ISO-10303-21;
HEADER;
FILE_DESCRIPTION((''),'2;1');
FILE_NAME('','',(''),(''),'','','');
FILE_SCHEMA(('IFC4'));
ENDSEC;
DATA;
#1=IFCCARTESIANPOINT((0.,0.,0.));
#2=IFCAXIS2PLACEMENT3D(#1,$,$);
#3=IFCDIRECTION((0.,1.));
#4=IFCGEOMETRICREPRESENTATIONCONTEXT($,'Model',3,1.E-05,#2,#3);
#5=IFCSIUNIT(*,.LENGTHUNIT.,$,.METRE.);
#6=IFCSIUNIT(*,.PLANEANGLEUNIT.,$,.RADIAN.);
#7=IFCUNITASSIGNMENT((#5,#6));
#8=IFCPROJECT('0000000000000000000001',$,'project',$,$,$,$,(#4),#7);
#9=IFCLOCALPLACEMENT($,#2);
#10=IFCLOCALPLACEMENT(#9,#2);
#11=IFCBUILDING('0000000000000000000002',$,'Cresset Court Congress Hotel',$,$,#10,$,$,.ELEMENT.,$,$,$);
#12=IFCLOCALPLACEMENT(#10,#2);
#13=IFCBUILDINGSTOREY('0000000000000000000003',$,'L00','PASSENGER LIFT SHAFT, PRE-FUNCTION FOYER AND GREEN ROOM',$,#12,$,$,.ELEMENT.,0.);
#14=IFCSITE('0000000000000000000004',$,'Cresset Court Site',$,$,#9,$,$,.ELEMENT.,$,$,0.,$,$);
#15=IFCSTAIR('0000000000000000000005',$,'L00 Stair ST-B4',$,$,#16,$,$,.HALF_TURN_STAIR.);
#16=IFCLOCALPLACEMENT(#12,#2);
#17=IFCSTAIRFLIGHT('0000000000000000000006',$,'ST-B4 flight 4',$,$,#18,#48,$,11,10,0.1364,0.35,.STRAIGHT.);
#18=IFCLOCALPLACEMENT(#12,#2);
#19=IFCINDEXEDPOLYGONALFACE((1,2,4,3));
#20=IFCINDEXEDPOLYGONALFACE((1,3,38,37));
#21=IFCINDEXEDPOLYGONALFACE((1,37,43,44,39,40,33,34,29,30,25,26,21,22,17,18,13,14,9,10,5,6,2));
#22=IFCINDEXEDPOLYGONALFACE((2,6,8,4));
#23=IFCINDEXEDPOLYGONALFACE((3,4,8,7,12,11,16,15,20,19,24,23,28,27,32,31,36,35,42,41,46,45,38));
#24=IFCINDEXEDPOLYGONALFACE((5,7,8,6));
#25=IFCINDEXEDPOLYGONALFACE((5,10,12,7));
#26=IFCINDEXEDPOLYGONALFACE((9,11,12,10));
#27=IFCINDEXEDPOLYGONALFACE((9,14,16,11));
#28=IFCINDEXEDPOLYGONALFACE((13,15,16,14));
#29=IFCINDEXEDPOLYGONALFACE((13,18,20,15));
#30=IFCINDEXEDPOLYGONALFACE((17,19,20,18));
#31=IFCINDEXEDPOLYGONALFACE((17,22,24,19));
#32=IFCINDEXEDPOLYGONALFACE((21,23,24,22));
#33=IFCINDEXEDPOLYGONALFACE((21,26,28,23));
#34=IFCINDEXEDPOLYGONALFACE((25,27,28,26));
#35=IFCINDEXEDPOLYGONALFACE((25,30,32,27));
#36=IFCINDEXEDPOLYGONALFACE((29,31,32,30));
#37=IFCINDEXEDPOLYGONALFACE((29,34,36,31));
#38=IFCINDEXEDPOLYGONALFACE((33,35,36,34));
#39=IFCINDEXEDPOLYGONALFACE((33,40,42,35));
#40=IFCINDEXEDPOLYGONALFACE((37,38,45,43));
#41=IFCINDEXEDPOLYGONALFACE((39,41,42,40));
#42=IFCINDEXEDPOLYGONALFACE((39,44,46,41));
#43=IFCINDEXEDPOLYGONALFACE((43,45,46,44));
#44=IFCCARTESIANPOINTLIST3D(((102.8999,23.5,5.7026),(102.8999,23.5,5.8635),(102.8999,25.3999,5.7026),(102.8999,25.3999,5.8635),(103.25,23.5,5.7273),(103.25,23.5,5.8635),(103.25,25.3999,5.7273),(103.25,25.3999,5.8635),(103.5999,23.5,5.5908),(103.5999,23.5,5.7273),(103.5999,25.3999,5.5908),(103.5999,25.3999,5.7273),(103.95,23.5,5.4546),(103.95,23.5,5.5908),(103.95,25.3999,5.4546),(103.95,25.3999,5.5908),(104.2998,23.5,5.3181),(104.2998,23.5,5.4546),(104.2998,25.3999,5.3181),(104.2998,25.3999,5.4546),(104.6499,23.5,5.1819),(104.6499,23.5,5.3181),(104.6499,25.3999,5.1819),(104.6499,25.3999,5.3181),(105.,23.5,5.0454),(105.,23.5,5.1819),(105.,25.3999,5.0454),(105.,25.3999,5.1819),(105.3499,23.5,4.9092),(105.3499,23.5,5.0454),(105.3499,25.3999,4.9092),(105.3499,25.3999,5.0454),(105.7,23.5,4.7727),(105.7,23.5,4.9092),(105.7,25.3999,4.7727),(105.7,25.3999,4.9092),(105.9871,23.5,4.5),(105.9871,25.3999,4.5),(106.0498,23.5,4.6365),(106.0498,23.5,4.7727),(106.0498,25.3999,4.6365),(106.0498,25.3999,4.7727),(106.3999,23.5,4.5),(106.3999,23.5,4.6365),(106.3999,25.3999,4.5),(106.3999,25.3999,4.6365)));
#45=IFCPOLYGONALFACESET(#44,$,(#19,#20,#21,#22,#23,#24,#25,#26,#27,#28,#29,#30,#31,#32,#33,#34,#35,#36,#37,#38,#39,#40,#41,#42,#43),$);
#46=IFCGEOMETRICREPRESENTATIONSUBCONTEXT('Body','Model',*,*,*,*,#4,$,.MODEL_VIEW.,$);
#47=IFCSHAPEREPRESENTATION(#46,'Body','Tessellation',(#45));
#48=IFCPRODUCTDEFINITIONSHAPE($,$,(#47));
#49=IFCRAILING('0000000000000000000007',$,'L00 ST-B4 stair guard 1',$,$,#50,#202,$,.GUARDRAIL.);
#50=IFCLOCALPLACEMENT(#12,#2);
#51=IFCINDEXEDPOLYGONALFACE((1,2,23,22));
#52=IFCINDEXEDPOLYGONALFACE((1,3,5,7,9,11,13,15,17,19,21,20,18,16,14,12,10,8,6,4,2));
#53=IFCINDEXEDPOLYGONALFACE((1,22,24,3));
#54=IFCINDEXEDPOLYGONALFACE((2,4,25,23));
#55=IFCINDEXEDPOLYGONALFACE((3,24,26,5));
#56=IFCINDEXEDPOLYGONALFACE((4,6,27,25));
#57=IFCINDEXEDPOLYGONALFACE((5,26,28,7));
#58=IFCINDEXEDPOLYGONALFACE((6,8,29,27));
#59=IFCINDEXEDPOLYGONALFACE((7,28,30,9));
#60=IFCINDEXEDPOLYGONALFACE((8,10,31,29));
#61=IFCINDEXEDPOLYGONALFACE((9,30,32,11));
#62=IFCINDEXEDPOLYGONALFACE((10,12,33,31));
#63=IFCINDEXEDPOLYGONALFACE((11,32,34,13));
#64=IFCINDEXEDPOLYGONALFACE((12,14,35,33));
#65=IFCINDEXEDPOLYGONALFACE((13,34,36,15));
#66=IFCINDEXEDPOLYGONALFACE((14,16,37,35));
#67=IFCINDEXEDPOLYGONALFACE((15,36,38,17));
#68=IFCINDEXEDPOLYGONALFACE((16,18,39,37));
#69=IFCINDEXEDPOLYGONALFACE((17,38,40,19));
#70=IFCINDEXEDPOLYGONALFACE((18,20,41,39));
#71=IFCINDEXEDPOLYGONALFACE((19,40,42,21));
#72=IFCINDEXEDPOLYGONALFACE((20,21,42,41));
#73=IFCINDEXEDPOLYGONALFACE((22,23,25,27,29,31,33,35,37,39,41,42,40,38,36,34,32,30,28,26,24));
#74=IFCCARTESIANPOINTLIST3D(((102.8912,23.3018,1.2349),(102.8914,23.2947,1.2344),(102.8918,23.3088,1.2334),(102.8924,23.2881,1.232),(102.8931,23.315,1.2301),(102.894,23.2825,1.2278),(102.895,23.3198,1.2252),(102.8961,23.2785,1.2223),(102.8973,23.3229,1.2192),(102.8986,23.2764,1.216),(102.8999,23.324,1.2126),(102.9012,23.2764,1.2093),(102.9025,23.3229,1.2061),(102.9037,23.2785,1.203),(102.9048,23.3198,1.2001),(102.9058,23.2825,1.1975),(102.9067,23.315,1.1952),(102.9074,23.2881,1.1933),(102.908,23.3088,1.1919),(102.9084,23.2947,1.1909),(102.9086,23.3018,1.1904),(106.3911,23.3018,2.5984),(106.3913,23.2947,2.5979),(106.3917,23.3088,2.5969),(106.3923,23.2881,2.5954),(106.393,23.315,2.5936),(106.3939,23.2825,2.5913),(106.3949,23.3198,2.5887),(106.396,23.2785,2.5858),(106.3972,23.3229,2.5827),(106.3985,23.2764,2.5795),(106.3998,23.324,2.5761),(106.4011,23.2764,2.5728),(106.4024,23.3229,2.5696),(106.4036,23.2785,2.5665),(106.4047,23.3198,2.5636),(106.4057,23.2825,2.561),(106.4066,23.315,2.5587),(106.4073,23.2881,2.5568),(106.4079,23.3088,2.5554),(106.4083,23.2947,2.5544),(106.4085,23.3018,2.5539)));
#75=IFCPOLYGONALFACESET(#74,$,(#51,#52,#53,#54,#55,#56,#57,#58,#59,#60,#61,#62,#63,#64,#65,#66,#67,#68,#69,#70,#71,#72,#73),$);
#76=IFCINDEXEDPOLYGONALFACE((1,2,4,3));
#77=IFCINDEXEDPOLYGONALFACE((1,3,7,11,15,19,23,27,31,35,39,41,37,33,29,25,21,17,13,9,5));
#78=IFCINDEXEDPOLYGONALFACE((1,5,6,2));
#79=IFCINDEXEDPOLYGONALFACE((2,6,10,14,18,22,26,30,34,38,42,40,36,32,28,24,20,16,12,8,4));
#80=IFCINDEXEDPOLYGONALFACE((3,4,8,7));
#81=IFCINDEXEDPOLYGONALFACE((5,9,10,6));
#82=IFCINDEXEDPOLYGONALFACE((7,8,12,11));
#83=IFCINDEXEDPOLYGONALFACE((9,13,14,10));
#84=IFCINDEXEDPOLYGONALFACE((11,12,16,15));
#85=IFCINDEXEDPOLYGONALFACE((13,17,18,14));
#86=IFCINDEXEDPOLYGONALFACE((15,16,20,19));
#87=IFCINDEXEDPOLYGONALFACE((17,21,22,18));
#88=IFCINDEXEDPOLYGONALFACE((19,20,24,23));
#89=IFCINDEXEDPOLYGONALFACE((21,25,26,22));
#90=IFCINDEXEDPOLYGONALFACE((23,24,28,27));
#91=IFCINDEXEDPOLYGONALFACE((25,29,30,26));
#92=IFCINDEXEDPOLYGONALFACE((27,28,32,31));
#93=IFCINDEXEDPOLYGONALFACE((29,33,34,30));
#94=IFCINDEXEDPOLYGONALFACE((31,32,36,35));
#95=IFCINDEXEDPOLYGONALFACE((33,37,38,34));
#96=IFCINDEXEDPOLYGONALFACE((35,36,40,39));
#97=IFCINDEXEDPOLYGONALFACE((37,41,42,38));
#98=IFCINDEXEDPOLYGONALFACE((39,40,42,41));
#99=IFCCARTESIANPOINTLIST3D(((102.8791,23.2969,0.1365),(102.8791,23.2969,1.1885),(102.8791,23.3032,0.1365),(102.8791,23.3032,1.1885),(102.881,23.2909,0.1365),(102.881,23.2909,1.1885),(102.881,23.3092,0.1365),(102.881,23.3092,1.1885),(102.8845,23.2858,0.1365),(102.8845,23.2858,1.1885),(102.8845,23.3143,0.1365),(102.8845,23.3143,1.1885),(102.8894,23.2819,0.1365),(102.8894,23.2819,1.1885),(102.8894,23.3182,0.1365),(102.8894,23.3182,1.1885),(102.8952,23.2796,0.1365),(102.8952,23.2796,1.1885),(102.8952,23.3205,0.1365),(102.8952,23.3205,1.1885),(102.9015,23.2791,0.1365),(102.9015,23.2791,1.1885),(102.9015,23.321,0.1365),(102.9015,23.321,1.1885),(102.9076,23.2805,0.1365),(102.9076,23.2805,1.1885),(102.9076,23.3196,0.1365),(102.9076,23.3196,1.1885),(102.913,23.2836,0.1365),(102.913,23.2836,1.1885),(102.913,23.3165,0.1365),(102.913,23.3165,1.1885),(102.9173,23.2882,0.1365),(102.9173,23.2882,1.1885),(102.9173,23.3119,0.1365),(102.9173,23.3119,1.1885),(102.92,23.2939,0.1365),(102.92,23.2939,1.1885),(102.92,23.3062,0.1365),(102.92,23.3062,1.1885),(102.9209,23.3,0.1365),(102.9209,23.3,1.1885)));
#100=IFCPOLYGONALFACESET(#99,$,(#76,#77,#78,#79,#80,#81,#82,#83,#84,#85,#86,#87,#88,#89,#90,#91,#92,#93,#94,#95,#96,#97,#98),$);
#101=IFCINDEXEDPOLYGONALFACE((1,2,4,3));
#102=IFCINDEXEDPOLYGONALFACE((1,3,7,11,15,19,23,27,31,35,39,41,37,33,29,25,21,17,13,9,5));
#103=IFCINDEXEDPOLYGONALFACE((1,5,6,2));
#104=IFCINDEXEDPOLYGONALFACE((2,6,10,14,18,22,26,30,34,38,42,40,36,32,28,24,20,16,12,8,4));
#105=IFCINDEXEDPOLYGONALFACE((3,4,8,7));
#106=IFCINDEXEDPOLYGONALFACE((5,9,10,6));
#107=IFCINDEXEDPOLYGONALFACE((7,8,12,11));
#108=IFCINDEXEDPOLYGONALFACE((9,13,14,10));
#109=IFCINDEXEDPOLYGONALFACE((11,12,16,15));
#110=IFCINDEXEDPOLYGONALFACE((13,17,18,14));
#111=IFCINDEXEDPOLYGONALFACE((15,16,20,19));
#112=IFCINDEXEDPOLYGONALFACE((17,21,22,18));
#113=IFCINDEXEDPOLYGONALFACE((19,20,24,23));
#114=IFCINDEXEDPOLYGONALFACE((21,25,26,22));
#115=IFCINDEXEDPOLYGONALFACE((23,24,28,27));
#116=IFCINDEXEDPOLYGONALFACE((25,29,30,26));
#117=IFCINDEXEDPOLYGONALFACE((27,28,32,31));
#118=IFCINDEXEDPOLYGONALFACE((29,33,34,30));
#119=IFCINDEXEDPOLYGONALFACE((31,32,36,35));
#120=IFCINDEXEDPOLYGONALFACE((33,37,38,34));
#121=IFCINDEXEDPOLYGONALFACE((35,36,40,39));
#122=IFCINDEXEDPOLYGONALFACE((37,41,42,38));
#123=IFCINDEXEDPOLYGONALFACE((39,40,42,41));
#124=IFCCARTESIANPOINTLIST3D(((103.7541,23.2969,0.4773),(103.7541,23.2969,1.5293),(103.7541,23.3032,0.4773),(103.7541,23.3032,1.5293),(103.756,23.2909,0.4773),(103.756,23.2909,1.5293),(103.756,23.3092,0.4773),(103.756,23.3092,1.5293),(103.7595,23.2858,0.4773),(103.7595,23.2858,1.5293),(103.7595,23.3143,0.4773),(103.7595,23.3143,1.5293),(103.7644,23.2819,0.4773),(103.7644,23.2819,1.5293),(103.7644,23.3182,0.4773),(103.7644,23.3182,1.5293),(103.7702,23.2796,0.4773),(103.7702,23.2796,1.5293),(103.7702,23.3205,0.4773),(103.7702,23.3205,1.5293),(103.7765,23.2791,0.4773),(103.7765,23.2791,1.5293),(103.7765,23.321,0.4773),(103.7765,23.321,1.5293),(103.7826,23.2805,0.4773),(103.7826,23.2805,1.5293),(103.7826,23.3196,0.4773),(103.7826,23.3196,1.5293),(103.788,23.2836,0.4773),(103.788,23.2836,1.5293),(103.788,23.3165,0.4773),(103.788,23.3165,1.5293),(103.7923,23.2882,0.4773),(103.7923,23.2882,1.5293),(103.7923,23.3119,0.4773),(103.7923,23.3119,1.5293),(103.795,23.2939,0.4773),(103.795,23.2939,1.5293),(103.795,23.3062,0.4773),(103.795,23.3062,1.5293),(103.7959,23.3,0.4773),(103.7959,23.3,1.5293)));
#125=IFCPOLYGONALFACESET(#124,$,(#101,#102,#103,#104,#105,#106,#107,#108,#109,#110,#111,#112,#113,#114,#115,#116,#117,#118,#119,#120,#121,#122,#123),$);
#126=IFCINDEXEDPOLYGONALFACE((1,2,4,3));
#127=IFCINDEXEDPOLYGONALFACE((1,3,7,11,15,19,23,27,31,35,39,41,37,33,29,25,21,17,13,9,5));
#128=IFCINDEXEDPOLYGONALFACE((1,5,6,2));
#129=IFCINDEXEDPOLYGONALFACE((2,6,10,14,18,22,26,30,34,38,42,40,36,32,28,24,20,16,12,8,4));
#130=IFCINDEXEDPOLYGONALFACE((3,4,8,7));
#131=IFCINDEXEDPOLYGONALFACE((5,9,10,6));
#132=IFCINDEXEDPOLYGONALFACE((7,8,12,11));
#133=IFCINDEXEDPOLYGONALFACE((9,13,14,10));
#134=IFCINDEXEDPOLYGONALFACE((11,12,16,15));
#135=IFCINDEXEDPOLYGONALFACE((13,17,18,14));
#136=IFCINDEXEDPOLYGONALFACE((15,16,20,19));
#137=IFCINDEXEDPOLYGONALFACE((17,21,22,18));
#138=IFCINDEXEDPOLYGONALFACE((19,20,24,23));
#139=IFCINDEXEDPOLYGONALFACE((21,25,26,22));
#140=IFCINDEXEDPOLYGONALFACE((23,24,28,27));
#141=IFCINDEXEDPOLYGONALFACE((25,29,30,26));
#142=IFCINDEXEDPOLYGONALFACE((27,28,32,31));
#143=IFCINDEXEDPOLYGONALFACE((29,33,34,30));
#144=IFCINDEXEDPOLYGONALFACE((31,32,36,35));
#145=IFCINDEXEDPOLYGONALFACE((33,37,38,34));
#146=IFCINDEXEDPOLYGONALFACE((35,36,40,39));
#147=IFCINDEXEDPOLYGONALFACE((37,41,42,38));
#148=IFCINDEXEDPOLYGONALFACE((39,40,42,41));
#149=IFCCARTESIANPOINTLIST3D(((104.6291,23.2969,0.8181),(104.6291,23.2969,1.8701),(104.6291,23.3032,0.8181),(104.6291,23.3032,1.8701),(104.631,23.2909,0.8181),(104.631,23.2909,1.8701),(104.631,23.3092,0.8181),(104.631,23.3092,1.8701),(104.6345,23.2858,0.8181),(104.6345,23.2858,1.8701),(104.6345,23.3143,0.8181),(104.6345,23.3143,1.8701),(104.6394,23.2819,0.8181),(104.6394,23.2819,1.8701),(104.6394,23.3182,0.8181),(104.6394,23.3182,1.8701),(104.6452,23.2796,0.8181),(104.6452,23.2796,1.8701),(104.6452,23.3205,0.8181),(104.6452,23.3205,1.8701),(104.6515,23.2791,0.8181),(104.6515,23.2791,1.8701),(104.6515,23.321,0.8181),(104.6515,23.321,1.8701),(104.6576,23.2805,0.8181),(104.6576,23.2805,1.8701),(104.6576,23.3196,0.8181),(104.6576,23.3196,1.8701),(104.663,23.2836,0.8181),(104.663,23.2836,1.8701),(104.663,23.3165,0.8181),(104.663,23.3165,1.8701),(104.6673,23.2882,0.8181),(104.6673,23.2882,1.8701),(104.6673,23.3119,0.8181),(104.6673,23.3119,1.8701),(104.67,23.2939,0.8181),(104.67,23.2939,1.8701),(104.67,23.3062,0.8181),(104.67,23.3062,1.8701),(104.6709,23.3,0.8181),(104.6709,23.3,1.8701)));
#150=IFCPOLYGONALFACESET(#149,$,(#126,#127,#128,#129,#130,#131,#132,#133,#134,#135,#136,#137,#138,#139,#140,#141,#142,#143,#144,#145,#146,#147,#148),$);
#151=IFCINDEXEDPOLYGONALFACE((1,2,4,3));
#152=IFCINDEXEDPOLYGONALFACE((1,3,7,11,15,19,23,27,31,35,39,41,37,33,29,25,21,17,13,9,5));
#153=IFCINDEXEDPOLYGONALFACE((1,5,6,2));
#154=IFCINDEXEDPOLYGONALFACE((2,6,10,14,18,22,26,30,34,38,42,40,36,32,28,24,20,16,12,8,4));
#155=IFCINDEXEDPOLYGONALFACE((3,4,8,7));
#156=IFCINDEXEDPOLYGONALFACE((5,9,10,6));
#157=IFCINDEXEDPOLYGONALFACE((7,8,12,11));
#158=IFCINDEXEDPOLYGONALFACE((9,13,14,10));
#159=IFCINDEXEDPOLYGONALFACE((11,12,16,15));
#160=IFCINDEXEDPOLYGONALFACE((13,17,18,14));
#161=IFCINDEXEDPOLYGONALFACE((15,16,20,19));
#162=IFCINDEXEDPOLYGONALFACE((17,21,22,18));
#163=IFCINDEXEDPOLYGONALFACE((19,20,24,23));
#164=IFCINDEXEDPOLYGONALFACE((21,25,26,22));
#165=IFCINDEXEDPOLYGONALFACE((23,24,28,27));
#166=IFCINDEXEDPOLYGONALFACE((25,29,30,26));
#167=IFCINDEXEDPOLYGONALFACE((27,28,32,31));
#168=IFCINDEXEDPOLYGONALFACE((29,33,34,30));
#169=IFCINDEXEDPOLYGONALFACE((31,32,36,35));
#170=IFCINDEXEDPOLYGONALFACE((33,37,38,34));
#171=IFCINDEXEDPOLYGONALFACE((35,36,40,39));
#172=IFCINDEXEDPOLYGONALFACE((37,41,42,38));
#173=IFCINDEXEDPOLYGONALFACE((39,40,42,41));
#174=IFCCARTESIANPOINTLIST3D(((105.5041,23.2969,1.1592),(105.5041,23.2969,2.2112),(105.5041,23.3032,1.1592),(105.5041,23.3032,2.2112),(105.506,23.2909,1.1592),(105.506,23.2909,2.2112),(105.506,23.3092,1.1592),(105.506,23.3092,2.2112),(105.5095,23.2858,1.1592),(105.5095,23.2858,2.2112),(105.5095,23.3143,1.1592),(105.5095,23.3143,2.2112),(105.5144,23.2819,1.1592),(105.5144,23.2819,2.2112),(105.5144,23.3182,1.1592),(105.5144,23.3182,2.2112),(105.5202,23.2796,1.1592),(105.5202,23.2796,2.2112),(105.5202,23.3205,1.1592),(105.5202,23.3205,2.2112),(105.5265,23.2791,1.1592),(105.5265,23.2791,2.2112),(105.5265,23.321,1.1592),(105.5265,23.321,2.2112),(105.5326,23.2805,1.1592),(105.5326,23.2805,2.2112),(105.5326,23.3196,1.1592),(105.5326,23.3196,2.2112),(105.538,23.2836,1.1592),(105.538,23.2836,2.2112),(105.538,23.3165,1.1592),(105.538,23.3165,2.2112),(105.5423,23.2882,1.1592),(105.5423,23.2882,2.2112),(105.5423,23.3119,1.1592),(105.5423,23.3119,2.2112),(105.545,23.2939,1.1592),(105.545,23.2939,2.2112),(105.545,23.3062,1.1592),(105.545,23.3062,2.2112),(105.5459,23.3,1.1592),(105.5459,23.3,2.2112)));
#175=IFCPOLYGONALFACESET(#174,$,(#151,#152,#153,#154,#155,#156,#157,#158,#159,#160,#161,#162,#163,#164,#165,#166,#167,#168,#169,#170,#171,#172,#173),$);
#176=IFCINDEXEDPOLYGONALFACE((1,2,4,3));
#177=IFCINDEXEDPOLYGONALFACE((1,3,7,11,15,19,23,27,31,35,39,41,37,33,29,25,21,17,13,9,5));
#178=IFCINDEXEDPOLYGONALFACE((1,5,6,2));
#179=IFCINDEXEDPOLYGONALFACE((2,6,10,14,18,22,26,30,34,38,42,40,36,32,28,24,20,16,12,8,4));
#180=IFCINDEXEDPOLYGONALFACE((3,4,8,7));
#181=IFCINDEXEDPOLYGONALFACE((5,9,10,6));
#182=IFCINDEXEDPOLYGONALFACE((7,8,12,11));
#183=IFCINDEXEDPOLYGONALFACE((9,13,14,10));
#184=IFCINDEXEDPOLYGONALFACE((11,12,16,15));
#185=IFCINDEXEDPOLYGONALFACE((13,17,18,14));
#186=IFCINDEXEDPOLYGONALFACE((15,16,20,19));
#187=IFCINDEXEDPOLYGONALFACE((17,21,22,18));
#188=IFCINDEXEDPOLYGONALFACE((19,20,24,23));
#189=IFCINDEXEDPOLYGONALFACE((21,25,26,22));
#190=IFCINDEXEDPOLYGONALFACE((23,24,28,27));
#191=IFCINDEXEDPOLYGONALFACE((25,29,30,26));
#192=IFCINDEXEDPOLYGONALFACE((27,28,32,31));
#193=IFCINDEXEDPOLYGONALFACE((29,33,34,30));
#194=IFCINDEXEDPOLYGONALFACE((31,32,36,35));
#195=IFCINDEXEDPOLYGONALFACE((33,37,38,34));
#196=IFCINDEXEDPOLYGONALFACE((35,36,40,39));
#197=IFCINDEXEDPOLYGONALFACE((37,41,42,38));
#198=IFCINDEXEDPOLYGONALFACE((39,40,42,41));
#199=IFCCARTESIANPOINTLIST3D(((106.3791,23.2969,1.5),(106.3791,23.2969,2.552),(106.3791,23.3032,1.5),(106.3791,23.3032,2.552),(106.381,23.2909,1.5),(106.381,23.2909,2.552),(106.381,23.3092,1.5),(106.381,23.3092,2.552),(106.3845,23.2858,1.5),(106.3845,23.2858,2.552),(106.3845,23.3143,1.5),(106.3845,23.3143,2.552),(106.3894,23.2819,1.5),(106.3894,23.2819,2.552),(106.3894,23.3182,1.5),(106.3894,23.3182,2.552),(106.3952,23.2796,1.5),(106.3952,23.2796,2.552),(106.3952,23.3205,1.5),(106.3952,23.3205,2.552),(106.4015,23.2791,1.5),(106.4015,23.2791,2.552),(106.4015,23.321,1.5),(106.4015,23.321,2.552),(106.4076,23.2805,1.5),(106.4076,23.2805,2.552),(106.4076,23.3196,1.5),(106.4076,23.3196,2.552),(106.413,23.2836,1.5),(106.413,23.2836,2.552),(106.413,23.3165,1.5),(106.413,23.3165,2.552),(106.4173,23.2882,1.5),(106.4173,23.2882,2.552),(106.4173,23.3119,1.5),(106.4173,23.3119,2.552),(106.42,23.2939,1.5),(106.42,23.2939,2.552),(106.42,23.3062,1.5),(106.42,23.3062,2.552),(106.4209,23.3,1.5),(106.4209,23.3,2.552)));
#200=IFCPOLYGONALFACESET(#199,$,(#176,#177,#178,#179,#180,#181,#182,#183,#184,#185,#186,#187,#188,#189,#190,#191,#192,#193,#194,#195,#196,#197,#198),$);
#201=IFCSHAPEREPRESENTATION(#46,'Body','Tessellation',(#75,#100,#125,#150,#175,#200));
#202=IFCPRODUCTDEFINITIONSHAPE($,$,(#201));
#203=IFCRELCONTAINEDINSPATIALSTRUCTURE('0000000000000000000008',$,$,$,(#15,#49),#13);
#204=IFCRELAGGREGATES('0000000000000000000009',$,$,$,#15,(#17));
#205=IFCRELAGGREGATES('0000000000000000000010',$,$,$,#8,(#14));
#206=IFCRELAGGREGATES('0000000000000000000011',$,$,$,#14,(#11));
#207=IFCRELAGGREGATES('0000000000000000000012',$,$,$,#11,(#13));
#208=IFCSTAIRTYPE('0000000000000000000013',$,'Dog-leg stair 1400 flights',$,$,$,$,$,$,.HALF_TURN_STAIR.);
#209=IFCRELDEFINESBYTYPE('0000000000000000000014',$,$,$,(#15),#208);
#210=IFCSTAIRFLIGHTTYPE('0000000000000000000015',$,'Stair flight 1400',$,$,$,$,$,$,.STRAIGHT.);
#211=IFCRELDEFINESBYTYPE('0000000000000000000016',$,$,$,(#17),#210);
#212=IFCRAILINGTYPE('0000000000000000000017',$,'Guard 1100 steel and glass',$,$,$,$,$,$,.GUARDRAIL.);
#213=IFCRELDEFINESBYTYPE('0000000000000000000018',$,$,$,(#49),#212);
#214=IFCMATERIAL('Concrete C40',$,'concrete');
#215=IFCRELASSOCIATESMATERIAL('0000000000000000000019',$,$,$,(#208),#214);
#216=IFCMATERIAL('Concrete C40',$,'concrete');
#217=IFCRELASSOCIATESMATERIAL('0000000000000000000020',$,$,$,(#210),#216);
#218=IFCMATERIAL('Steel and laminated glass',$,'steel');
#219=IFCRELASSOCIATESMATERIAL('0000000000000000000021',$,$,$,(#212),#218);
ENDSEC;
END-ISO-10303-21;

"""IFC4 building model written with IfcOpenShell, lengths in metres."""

from ifc_helpers import new_model, si_unit, direction, frame, origin, origin_2d, place, context, subcontext, project, spatial, polyline, circle, outline, extrude, material, type_object, element, aggregate, save


model = new_model("IFC4")

# Units and contexts
model_context = context("Model", 3, precision=1e-05, world=origin(), true_north=direction((0.0, 1.0)))
body_context = subcontext(model_context, "Body", "Model", "MODEL_VIEW")
ifc_project = project(units=[si_unit("LENGTHUNIT", "METRE"), si_unit("PLANEANGLEUNIT", "RADIAN")], contexts=[model_context])

# Site, building, storey
site_placement = place(None, origin())
site = spatial("IfcSite", under=ifc_project, at=site_placement, Name="Cresset Court Site", CompositionType="ELEMENT", RefElevation=0.0)
building_placement = place(site_placement, origin())
building = spatial("IfcBuilding", under=site, at=building_placement, Name="Cresset Court Congress Hotel", CompositionType="ELEMENT")
storey_placement = place(building_placement, origin())
storey = spatial("IfcBuildingStorey", under=building, at=storey_placement, Name="L00", Description="PASSENGER LIFT SHAFT, PRE-FUNCTION FOYER AND GREEN ROOM", CompositionType="ELEMENT", Elevation=0.0)

# Stair, stair flight
ifc_material_1 = material(Name="Concrete C40", Category="concrete")
stair_type = type_object("IfcStairType", Name="Dog-leg stair 1400 flights", PredefinedType="HALF_TURN_STAIR", material=ifc_material_1)
stair_placement = place(storey_placement, origin())
stair = element("IfcStair", 1, at=stair_placement, inside=storey, type_object=stair_type, Name="L00 Stair ST-B4", PredefinedType="HALF_TURN_STAIR")
ifc_material_2 = material(Name="Concrete C40", Category="concrete")
stair_flight_type = type_object("IfcStairFlightType", Name="Stair flight 1400", PredefinedType="STRAIGHT", material=ifc_material_2)
stair_flight_1_placement = place(storey_placement, frame((106.3999, 24.45, 4.5), z_axis=(0.0, 0.0, 1.0), x_axis=(-1.0, 0.0, 0.0)))
stair_flight_1 = element("IfcStairFlight", 2, at=stair_flight_1_placement, type_object=stair_flight_type, Name="ST-B4 flight 4", NumberOfRisers=11, NumberOfTreads=10, PredefinedType="STRAIGHT", RiserHeight=0.1364, TreadLength=0.35, context=body_context, shape_type="SweptSolid", body=[
    extrude(outline(polyline([(0.0, 0.0), (0.0, 0.1365), (0.3501, 0.1365), (0.3501, 0.2727), (0.7, 0.2727), (0.7, 0.4092), (1.05, 0.4092), (1.05, 0.5454), (1.3999, 0.5454), (1.3999, 0.6819), (1.75, 0.6819), (1.75, 0.8181), (2.1001, 0.8181), (2.1001, 0.9546), (2.45, 0.9546), (2.45, 1.0908), (2.8, 1.0908), (2.8, 1.2273), (3.1499, 1.2273), (3.1499, 1.3635), (3.5, 1.3635), (3.5, 1.5), (3.5, 1.2026), (0.4128, 0.0), (0.0, 0.0)])), frame((0.0, 0.95, 0.0), z_axis=(0.0, -1.0, 0.0), x_axis=(1.0, 0.0, 0.0)), (0.0, 0.0, 1.0), 1.8999),
])
aggregate(stair, [stair_flight_1])

# Railing
ifc_material_3 = material(Name="Steel and laminated glass", Category="steel")
railing_type_1 = type_object("IfcRailingType", Name="Guard 1100 steel and glass", PredefinedType="GUARDRAIL", material=ifc_material_3)
railing_1_placement = place(storey_placement, frame((102.8999, 23.3, 0.1365)))
element("IfcRailing", 3, at=railing_1_placement, inside=storey, type_object=railing_type_1, Name="L00 ST-B4 stair guard 1", PredefinedType="GUARDRAIL", context=body_context, shape_type="SweptSolid", body=[
    extrude(circle(Radius=0.0239, at=origin_2d()), frame((0.0, 0.0, 1.0762), z_axis=(0.931787, 0.0, 0.363005), x_axis=(0.0, 1.0, 0.0)), (0.0, 0.0, 1.0), 3.7561),
    extrude(circle(Radius=0.021, at=origin_2d()), origin(), (0.0, 0.0, 1.0), 1.052),
    extrude(circle(Radius=0.021, at=origin_2d()), frame((0.875, 0.0, 0.3408)), (0.0, 0.0, 1.0), 1.052),
    extrude(circle(Radius=0.021, at=origin_2d()), frame((1.75, 0.0, 0.6816)), (0.0, 0.0, 1.0), 1.052),
    extrude(circle(Radius=0.021, at=origin_2d()), frame((2.625, 0.0, 1.0227)), (0.0, 0.0, 1.0), 1.052),
    extrude(circle(Radius=0.021, at=origin_2d()), frame((3.5, 0.0, 1.3635)), (0.0, 0.0, 1.0), 1.052),
])

save(model, "model.ifc")
